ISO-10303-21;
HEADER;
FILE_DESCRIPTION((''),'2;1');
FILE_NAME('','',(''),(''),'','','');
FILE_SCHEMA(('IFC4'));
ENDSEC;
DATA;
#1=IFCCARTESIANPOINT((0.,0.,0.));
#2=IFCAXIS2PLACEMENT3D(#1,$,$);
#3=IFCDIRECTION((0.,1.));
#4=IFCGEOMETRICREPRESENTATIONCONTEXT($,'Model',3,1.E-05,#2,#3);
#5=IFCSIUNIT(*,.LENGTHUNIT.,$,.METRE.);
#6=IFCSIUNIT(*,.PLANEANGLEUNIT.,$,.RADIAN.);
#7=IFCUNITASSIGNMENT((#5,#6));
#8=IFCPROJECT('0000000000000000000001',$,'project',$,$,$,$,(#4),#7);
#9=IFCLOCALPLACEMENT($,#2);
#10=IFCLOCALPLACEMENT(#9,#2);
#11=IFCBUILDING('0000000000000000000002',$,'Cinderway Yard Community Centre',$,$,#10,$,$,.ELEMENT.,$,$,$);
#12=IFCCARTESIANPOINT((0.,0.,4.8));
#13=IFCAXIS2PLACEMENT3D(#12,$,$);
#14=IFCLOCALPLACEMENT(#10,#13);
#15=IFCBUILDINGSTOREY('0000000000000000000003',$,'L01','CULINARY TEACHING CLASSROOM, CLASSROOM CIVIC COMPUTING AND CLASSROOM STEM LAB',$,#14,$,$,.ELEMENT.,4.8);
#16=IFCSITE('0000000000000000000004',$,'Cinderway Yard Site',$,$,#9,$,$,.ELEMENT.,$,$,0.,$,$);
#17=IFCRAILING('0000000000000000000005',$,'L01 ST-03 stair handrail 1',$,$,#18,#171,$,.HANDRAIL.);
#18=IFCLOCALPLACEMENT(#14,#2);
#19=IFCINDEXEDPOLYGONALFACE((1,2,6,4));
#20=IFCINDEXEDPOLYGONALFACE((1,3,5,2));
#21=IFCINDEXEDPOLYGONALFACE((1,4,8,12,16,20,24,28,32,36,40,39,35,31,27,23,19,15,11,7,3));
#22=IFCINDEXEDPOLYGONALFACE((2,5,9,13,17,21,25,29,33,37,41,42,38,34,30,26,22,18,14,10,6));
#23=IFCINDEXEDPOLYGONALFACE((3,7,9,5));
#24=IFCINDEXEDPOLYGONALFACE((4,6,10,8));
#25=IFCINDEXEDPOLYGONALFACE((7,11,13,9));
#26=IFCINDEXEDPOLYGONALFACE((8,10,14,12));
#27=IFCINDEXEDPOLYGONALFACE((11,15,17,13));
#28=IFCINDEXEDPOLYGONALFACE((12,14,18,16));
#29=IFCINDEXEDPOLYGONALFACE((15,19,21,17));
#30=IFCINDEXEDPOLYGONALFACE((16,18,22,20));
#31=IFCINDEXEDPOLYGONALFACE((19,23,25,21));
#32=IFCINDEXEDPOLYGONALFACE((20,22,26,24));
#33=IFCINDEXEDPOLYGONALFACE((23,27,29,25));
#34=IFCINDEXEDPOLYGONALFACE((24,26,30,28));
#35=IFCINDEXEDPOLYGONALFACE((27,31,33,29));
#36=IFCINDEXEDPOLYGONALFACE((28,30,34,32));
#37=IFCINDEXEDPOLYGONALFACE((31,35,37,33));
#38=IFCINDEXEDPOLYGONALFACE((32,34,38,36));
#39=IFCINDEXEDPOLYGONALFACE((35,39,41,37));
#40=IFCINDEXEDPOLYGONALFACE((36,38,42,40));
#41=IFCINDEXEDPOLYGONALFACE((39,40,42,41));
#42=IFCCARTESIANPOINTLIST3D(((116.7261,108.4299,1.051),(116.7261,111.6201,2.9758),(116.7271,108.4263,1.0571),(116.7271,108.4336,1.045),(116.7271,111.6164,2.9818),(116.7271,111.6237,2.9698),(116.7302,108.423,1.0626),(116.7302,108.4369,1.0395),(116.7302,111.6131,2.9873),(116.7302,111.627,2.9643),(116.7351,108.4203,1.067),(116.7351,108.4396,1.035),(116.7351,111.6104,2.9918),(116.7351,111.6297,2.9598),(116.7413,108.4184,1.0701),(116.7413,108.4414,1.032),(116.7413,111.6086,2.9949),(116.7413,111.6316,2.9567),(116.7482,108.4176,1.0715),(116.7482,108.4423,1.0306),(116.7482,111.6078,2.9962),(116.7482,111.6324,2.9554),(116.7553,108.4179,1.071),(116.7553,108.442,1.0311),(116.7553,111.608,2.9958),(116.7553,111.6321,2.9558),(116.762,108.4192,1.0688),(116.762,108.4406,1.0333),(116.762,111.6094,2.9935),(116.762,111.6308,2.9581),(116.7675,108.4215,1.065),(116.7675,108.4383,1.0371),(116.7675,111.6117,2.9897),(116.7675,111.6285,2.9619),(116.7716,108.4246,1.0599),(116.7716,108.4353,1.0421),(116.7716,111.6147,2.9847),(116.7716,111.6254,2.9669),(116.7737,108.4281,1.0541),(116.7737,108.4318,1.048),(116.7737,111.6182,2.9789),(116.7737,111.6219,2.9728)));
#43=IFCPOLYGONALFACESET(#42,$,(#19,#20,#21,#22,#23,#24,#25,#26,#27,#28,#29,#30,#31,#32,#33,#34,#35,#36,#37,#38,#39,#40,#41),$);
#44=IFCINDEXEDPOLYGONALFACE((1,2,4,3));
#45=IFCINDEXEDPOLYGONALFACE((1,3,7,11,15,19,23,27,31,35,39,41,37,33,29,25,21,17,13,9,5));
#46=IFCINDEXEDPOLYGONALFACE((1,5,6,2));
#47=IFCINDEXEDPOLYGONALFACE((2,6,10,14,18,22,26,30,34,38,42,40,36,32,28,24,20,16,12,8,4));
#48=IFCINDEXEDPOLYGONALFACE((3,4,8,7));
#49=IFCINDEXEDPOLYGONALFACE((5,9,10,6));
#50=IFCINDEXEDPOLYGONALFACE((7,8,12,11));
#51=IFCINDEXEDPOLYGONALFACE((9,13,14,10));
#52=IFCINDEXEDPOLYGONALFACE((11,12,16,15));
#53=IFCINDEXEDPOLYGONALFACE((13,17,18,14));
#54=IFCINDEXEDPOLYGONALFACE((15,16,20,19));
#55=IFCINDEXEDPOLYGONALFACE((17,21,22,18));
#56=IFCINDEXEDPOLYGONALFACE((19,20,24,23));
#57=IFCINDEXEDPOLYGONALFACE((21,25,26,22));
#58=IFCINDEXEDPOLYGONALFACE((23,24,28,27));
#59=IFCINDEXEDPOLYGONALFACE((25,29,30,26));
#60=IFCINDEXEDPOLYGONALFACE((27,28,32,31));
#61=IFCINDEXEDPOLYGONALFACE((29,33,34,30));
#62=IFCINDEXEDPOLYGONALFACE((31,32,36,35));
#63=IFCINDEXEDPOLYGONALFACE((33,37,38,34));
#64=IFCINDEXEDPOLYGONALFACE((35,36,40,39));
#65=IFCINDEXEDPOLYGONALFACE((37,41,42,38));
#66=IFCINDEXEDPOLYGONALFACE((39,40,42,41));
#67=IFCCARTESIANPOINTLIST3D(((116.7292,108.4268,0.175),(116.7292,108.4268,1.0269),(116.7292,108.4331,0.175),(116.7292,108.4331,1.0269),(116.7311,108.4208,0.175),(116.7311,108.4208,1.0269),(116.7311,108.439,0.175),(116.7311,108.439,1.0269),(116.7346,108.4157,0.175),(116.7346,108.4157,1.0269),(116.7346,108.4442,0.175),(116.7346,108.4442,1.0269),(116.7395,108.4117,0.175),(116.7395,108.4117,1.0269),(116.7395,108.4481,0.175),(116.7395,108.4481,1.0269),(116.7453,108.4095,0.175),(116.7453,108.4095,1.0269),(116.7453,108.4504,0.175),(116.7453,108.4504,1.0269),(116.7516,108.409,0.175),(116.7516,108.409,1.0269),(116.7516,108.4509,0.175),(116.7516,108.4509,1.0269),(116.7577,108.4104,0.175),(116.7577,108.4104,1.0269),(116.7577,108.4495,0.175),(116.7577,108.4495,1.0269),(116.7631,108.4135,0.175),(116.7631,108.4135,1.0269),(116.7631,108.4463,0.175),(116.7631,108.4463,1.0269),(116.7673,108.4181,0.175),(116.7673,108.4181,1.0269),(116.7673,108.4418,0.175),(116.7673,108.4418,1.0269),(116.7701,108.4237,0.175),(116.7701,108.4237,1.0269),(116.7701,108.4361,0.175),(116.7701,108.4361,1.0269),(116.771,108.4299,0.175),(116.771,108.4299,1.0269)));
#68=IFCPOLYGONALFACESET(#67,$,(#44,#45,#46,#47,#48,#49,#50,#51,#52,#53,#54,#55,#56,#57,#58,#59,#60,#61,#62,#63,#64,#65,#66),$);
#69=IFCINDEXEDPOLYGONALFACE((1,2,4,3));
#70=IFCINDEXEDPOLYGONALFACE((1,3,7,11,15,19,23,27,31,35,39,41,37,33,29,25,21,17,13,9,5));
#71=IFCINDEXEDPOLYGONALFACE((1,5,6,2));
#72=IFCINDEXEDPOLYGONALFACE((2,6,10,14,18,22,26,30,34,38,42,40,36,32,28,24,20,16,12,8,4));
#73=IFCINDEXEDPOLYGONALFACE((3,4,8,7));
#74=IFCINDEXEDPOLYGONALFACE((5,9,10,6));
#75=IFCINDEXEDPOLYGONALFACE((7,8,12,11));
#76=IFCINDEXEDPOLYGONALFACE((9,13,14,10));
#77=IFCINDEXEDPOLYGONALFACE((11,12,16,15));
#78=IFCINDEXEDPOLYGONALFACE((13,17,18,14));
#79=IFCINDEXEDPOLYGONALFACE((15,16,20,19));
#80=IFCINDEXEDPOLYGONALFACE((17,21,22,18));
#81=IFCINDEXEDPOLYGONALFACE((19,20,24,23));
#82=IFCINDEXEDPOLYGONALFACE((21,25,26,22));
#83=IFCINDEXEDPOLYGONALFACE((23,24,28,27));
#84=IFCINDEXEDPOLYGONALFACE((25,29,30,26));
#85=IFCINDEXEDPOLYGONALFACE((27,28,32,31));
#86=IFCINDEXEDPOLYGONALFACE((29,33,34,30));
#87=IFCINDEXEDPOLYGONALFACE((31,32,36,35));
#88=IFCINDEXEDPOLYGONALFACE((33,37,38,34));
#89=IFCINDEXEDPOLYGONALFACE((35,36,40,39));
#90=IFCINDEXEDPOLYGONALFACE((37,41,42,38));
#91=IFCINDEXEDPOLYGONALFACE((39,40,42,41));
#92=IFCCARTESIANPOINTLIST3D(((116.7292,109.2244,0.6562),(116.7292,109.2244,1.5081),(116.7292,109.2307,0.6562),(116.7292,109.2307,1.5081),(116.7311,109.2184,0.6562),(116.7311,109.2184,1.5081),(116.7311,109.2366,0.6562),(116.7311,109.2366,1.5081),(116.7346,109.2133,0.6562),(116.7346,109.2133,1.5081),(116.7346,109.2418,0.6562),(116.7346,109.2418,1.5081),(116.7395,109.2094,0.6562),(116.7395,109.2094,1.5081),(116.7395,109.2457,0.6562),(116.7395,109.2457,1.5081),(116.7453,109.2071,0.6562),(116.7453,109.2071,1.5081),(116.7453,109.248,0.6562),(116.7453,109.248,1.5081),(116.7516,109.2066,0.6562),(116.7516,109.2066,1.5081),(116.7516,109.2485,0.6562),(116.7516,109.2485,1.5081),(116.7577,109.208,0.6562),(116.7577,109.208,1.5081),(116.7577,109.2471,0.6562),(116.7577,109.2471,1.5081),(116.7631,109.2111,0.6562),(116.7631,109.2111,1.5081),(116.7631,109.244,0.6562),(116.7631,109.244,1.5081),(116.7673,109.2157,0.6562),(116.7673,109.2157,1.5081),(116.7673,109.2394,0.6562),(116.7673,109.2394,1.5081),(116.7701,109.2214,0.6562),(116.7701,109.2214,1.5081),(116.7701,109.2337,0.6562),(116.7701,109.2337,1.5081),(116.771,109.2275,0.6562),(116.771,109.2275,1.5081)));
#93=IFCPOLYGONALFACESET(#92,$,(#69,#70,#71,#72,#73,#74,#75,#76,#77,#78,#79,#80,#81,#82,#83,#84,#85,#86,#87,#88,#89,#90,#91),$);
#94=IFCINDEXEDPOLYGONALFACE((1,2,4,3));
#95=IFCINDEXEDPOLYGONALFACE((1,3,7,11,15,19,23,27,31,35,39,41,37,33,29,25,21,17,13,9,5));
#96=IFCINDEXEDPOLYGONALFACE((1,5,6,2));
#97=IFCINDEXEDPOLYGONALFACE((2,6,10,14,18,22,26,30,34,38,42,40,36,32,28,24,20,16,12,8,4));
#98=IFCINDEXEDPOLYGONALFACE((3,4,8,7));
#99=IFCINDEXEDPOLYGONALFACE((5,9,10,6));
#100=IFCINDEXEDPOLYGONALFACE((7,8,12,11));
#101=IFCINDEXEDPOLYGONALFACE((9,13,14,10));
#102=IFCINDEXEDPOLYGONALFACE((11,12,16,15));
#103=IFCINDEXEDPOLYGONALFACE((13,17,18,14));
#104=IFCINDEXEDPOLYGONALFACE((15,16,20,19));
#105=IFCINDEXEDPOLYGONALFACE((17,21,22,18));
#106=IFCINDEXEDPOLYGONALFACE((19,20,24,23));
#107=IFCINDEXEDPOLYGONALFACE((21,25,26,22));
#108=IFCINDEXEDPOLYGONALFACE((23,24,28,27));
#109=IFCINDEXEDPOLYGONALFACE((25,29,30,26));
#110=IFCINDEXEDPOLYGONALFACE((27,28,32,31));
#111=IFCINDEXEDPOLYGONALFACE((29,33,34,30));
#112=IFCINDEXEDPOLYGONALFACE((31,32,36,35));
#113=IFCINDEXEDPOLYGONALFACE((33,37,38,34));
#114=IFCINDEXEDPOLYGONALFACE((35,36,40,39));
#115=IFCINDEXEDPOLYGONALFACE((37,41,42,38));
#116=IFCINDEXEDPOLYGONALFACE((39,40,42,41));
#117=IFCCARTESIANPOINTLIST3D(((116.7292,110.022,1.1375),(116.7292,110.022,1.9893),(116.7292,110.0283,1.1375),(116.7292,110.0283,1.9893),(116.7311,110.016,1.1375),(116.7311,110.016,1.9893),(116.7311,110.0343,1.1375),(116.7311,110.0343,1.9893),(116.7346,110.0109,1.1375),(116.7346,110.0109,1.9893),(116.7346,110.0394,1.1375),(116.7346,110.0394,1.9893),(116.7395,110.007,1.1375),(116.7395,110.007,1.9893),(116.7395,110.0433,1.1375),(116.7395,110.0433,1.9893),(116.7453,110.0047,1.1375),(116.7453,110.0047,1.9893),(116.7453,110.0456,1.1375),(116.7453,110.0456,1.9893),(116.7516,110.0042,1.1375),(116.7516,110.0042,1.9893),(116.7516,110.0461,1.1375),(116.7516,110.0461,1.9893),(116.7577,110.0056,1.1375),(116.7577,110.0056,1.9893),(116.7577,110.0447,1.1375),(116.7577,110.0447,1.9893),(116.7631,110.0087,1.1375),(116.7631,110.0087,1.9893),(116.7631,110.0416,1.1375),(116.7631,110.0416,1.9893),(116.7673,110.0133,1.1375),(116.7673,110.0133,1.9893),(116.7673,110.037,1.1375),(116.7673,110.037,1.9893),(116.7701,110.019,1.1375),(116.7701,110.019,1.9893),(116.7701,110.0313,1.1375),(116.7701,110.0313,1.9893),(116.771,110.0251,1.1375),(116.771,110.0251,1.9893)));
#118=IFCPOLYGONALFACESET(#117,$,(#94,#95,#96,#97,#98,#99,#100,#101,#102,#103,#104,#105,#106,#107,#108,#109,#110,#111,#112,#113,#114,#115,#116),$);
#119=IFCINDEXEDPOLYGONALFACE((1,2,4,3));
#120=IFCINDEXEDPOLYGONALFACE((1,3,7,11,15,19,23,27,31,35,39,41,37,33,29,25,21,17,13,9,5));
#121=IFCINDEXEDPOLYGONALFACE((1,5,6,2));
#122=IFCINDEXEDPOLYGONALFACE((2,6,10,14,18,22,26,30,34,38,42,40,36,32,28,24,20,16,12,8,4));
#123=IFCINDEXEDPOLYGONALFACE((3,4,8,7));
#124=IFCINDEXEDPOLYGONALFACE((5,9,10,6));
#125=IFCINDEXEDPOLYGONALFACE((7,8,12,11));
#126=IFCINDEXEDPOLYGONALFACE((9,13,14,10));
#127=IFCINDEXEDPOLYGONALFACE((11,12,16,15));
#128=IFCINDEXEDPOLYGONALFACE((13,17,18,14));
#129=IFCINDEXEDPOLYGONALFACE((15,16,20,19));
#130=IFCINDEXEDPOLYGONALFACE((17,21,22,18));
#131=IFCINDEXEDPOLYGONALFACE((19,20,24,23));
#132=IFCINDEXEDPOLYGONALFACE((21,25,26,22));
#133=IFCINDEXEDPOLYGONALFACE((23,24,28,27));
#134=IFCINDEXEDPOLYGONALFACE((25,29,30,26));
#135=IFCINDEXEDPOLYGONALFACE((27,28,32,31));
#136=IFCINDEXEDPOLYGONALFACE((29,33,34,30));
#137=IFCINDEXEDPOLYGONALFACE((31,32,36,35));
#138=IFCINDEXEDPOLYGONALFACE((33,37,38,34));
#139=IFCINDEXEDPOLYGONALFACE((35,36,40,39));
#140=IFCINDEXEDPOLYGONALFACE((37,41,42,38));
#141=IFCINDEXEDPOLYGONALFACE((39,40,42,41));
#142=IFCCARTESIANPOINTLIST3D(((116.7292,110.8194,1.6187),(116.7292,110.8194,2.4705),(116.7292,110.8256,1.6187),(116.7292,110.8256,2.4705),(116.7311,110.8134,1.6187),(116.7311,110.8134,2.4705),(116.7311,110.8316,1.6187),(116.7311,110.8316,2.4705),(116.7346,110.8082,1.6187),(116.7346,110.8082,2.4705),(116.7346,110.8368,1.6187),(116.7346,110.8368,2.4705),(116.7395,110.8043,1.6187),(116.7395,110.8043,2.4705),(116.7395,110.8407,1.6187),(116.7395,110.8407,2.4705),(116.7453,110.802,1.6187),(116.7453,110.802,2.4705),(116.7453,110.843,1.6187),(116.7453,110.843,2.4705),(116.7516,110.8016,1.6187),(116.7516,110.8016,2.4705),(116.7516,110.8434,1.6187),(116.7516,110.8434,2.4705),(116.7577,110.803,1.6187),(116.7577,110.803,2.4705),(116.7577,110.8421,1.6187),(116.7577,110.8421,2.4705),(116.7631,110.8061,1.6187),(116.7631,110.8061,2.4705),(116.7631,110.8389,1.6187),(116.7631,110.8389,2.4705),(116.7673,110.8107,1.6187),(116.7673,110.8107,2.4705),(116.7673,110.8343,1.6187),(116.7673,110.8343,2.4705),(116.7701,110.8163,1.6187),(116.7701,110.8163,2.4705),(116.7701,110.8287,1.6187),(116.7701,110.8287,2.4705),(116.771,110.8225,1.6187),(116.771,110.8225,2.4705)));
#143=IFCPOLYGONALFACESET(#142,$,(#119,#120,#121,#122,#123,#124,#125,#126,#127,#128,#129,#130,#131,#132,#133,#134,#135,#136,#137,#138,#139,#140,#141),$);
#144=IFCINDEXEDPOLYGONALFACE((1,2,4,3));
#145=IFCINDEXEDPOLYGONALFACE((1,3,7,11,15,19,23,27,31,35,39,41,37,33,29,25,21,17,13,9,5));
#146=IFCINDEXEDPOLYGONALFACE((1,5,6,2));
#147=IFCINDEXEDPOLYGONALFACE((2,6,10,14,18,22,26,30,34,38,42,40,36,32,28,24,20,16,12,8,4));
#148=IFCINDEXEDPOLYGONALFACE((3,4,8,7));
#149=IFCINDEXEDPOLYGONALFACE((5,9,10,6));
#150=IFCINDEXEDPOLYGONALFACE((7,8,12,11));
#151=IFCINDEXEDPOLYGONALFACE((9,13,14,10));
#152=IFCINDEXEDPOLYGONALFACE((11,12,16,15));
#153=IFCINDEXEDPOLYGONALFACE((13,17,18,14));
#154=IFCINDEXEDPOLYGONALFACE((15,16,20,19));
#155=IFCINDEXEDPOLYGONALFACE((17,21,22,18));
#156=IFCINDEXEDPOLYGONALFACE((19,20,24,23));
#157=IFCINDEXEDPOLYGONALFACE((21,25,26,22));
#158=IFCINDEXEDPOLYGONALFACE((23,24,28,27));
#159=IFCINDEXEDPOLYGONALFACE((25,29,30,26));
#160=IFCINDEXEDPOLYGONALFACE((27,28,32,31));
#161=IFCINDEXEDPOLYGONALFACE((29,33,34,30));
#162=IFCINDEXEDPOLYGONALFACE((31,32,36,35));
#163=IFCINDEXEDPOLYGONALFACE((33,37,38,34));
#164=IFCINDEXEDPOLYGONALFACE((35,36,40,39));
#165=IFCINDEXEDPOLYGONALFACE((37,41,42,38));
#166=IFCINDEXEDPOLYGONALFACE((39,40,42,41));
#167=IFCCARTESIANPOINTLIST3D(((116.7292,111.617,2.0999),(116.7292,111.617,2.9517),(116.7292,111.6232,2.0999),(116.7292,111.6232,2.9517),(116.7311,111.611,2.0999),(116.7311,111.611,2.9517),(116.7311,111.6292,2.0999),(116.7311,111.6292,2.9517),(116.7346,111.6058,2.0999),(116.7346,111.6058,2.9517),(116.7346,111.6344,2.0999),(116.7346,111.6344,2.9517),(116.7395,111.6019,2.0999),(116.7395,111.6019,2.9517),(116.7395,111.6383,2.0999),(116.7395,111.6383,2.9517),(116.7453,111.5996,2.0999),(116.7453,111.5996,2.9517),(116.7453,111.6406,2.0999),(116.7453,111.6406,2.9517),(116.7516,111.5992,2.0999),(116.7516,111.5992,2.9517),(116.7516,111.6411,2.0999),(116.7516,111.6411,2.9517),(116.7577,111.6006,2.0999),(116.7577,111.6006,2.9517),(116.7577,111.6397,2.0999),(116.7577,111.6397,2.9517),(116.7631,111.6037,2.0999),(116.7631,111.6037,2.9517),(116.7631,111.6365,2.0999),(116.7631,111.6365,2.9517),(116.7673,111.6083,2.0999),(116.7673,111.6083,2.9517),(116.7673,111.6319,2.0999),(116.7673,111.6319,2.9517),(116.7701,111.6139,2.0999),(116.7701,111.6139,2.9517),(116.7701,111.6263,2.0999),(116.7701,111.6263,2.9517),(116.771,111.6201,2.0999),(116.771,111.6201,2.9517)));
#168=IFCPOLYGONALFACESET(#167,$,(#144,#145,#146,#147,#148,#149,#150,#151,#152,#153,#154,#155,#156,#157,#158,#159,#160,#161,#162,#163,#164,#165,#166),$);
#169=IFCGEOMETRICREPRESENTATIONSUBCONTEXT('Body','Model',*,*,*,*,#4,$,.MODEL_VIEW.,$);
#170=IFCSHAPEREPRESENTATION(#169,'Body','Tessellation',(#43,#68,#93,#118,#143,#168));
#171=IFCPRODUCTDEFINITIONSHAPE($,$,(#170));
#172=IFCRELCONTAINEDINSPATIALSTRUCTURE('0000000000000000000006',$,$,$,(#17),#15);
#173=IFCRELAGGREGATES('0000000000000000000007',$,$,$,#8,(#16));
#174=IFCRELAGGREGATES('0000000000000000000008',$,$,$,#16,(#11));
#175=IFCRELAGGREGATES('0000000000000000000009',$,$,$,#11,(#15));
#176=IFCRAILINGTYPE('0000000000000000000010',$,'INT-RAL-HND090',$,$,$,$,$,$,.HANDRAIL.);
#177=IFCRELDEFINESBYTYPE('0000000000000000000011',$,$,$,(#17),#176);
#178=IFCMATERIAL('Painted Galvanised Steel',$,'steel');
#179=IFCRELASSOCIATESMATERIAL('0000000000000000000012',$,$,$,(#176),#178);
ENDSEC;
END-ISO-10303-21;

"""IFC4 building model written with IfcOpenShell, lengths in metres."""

from ifc_helpers import new_model, si_unit, direction, frame, origin, origin_2d, place, context, subcontext, project, spatial, circle, extrude, material, type_object, element, save


model = new_model("IFC4")

# Units and contexts
model_context = context("Model", 3, precision=1e-05, world=origin(), true_north=direction((0.0, 1.0)))
body_context = subcontext(model_context, "Body", "Model", "MODEL_VIEW")
ifc_project = project(units=[si_unit("LENGTHUNIT", "METRE"), si_unit("PLANEANGLEUNIT", "RADIAN")], contexts=[model_context])

# Site, building, storey
site_placement = place(None, origin())
site = spatial("IfcSite", under=ifc_project, at=site_placement, Name="Cinderway Yard Site", CompositionType="ELEMENT", RefElevation=0.0)
building_placement = place(site_placement, origin())
building = spatial("IfcBuilding", under=site, at=building_placement, Name="Cinderway Yard Community Centre", CompositionType="ELEMENT")
storey_placement = place(building_placement, frame((0.0, 0.0, 4.8)))
storey = spatial("IfcBuildingStorey", under=building, at=storey_placement, Name="L01", Description="CULINARY TEACHING CLASSROOM, CLASSROOM CIVIC COMPUTING AND CLASSROOM STEM LAB", CompositionType="ELEMENT", Elevation=4.8)

# Railing
ifc_material_1 = material(Name="Painted Galvanised Steel", Category="steel")
railing_type_1 = type_object("IfcRailingType", Name="INT-RAL-HND090", PredefinedType="HANDRAIL", material=ifc_material_1)
railing_1_placement = place(storey_placement, frame((116.75, 108.4299, 0.175)))
element("IfcRailing", 1, at=railing_1_placement, inside=storey, type_object=railing_type_1, Name="L01 ST-03 stair handrail 1", PredefinedType="HANDRAIL", context=body_context, shape_type="SweptSolid", body=[
    extrude(circle(Radius=0.0239, at=origin_2d()), frame((0.0, 0.0, 0.876), z_axis=(0.0, 0.856224, 0.516605), x_axis=(-1.0, 0.0, 0.0)), (0.0, 0.0, 1.0), 3.7258),
    extrude(circle(Radius=0.021, at=origin_2d()), origin(), (0.0, 0.0, 1.0), 0.8518),
    extrude(circle(Radius=0.021, at=origin_2d()), frame((0.0, 0.7976, 0.4812)), (0.0, 0.0, 1.0), 0.8518),
    extrude(circle(Radius=0.021, at=origin_2d()), frame((0.0, 1.5952, 0.9624)), (0.0, 0.0, 1.0), 0.8518),
    extrude(circle(Radius=0.021, at=origin_2d()), frame((0.0, 2.3926, 1.4436)), (0.0, 0.0, 1.0), 0.8518),
    extrude(circle(Radius=0.021, at=origin_2d()), frame((0.0, 3.1902, 1.9248)), (0.0, 0.0, 1.0), 0.8518),
])

save(model, "model.ifc")
